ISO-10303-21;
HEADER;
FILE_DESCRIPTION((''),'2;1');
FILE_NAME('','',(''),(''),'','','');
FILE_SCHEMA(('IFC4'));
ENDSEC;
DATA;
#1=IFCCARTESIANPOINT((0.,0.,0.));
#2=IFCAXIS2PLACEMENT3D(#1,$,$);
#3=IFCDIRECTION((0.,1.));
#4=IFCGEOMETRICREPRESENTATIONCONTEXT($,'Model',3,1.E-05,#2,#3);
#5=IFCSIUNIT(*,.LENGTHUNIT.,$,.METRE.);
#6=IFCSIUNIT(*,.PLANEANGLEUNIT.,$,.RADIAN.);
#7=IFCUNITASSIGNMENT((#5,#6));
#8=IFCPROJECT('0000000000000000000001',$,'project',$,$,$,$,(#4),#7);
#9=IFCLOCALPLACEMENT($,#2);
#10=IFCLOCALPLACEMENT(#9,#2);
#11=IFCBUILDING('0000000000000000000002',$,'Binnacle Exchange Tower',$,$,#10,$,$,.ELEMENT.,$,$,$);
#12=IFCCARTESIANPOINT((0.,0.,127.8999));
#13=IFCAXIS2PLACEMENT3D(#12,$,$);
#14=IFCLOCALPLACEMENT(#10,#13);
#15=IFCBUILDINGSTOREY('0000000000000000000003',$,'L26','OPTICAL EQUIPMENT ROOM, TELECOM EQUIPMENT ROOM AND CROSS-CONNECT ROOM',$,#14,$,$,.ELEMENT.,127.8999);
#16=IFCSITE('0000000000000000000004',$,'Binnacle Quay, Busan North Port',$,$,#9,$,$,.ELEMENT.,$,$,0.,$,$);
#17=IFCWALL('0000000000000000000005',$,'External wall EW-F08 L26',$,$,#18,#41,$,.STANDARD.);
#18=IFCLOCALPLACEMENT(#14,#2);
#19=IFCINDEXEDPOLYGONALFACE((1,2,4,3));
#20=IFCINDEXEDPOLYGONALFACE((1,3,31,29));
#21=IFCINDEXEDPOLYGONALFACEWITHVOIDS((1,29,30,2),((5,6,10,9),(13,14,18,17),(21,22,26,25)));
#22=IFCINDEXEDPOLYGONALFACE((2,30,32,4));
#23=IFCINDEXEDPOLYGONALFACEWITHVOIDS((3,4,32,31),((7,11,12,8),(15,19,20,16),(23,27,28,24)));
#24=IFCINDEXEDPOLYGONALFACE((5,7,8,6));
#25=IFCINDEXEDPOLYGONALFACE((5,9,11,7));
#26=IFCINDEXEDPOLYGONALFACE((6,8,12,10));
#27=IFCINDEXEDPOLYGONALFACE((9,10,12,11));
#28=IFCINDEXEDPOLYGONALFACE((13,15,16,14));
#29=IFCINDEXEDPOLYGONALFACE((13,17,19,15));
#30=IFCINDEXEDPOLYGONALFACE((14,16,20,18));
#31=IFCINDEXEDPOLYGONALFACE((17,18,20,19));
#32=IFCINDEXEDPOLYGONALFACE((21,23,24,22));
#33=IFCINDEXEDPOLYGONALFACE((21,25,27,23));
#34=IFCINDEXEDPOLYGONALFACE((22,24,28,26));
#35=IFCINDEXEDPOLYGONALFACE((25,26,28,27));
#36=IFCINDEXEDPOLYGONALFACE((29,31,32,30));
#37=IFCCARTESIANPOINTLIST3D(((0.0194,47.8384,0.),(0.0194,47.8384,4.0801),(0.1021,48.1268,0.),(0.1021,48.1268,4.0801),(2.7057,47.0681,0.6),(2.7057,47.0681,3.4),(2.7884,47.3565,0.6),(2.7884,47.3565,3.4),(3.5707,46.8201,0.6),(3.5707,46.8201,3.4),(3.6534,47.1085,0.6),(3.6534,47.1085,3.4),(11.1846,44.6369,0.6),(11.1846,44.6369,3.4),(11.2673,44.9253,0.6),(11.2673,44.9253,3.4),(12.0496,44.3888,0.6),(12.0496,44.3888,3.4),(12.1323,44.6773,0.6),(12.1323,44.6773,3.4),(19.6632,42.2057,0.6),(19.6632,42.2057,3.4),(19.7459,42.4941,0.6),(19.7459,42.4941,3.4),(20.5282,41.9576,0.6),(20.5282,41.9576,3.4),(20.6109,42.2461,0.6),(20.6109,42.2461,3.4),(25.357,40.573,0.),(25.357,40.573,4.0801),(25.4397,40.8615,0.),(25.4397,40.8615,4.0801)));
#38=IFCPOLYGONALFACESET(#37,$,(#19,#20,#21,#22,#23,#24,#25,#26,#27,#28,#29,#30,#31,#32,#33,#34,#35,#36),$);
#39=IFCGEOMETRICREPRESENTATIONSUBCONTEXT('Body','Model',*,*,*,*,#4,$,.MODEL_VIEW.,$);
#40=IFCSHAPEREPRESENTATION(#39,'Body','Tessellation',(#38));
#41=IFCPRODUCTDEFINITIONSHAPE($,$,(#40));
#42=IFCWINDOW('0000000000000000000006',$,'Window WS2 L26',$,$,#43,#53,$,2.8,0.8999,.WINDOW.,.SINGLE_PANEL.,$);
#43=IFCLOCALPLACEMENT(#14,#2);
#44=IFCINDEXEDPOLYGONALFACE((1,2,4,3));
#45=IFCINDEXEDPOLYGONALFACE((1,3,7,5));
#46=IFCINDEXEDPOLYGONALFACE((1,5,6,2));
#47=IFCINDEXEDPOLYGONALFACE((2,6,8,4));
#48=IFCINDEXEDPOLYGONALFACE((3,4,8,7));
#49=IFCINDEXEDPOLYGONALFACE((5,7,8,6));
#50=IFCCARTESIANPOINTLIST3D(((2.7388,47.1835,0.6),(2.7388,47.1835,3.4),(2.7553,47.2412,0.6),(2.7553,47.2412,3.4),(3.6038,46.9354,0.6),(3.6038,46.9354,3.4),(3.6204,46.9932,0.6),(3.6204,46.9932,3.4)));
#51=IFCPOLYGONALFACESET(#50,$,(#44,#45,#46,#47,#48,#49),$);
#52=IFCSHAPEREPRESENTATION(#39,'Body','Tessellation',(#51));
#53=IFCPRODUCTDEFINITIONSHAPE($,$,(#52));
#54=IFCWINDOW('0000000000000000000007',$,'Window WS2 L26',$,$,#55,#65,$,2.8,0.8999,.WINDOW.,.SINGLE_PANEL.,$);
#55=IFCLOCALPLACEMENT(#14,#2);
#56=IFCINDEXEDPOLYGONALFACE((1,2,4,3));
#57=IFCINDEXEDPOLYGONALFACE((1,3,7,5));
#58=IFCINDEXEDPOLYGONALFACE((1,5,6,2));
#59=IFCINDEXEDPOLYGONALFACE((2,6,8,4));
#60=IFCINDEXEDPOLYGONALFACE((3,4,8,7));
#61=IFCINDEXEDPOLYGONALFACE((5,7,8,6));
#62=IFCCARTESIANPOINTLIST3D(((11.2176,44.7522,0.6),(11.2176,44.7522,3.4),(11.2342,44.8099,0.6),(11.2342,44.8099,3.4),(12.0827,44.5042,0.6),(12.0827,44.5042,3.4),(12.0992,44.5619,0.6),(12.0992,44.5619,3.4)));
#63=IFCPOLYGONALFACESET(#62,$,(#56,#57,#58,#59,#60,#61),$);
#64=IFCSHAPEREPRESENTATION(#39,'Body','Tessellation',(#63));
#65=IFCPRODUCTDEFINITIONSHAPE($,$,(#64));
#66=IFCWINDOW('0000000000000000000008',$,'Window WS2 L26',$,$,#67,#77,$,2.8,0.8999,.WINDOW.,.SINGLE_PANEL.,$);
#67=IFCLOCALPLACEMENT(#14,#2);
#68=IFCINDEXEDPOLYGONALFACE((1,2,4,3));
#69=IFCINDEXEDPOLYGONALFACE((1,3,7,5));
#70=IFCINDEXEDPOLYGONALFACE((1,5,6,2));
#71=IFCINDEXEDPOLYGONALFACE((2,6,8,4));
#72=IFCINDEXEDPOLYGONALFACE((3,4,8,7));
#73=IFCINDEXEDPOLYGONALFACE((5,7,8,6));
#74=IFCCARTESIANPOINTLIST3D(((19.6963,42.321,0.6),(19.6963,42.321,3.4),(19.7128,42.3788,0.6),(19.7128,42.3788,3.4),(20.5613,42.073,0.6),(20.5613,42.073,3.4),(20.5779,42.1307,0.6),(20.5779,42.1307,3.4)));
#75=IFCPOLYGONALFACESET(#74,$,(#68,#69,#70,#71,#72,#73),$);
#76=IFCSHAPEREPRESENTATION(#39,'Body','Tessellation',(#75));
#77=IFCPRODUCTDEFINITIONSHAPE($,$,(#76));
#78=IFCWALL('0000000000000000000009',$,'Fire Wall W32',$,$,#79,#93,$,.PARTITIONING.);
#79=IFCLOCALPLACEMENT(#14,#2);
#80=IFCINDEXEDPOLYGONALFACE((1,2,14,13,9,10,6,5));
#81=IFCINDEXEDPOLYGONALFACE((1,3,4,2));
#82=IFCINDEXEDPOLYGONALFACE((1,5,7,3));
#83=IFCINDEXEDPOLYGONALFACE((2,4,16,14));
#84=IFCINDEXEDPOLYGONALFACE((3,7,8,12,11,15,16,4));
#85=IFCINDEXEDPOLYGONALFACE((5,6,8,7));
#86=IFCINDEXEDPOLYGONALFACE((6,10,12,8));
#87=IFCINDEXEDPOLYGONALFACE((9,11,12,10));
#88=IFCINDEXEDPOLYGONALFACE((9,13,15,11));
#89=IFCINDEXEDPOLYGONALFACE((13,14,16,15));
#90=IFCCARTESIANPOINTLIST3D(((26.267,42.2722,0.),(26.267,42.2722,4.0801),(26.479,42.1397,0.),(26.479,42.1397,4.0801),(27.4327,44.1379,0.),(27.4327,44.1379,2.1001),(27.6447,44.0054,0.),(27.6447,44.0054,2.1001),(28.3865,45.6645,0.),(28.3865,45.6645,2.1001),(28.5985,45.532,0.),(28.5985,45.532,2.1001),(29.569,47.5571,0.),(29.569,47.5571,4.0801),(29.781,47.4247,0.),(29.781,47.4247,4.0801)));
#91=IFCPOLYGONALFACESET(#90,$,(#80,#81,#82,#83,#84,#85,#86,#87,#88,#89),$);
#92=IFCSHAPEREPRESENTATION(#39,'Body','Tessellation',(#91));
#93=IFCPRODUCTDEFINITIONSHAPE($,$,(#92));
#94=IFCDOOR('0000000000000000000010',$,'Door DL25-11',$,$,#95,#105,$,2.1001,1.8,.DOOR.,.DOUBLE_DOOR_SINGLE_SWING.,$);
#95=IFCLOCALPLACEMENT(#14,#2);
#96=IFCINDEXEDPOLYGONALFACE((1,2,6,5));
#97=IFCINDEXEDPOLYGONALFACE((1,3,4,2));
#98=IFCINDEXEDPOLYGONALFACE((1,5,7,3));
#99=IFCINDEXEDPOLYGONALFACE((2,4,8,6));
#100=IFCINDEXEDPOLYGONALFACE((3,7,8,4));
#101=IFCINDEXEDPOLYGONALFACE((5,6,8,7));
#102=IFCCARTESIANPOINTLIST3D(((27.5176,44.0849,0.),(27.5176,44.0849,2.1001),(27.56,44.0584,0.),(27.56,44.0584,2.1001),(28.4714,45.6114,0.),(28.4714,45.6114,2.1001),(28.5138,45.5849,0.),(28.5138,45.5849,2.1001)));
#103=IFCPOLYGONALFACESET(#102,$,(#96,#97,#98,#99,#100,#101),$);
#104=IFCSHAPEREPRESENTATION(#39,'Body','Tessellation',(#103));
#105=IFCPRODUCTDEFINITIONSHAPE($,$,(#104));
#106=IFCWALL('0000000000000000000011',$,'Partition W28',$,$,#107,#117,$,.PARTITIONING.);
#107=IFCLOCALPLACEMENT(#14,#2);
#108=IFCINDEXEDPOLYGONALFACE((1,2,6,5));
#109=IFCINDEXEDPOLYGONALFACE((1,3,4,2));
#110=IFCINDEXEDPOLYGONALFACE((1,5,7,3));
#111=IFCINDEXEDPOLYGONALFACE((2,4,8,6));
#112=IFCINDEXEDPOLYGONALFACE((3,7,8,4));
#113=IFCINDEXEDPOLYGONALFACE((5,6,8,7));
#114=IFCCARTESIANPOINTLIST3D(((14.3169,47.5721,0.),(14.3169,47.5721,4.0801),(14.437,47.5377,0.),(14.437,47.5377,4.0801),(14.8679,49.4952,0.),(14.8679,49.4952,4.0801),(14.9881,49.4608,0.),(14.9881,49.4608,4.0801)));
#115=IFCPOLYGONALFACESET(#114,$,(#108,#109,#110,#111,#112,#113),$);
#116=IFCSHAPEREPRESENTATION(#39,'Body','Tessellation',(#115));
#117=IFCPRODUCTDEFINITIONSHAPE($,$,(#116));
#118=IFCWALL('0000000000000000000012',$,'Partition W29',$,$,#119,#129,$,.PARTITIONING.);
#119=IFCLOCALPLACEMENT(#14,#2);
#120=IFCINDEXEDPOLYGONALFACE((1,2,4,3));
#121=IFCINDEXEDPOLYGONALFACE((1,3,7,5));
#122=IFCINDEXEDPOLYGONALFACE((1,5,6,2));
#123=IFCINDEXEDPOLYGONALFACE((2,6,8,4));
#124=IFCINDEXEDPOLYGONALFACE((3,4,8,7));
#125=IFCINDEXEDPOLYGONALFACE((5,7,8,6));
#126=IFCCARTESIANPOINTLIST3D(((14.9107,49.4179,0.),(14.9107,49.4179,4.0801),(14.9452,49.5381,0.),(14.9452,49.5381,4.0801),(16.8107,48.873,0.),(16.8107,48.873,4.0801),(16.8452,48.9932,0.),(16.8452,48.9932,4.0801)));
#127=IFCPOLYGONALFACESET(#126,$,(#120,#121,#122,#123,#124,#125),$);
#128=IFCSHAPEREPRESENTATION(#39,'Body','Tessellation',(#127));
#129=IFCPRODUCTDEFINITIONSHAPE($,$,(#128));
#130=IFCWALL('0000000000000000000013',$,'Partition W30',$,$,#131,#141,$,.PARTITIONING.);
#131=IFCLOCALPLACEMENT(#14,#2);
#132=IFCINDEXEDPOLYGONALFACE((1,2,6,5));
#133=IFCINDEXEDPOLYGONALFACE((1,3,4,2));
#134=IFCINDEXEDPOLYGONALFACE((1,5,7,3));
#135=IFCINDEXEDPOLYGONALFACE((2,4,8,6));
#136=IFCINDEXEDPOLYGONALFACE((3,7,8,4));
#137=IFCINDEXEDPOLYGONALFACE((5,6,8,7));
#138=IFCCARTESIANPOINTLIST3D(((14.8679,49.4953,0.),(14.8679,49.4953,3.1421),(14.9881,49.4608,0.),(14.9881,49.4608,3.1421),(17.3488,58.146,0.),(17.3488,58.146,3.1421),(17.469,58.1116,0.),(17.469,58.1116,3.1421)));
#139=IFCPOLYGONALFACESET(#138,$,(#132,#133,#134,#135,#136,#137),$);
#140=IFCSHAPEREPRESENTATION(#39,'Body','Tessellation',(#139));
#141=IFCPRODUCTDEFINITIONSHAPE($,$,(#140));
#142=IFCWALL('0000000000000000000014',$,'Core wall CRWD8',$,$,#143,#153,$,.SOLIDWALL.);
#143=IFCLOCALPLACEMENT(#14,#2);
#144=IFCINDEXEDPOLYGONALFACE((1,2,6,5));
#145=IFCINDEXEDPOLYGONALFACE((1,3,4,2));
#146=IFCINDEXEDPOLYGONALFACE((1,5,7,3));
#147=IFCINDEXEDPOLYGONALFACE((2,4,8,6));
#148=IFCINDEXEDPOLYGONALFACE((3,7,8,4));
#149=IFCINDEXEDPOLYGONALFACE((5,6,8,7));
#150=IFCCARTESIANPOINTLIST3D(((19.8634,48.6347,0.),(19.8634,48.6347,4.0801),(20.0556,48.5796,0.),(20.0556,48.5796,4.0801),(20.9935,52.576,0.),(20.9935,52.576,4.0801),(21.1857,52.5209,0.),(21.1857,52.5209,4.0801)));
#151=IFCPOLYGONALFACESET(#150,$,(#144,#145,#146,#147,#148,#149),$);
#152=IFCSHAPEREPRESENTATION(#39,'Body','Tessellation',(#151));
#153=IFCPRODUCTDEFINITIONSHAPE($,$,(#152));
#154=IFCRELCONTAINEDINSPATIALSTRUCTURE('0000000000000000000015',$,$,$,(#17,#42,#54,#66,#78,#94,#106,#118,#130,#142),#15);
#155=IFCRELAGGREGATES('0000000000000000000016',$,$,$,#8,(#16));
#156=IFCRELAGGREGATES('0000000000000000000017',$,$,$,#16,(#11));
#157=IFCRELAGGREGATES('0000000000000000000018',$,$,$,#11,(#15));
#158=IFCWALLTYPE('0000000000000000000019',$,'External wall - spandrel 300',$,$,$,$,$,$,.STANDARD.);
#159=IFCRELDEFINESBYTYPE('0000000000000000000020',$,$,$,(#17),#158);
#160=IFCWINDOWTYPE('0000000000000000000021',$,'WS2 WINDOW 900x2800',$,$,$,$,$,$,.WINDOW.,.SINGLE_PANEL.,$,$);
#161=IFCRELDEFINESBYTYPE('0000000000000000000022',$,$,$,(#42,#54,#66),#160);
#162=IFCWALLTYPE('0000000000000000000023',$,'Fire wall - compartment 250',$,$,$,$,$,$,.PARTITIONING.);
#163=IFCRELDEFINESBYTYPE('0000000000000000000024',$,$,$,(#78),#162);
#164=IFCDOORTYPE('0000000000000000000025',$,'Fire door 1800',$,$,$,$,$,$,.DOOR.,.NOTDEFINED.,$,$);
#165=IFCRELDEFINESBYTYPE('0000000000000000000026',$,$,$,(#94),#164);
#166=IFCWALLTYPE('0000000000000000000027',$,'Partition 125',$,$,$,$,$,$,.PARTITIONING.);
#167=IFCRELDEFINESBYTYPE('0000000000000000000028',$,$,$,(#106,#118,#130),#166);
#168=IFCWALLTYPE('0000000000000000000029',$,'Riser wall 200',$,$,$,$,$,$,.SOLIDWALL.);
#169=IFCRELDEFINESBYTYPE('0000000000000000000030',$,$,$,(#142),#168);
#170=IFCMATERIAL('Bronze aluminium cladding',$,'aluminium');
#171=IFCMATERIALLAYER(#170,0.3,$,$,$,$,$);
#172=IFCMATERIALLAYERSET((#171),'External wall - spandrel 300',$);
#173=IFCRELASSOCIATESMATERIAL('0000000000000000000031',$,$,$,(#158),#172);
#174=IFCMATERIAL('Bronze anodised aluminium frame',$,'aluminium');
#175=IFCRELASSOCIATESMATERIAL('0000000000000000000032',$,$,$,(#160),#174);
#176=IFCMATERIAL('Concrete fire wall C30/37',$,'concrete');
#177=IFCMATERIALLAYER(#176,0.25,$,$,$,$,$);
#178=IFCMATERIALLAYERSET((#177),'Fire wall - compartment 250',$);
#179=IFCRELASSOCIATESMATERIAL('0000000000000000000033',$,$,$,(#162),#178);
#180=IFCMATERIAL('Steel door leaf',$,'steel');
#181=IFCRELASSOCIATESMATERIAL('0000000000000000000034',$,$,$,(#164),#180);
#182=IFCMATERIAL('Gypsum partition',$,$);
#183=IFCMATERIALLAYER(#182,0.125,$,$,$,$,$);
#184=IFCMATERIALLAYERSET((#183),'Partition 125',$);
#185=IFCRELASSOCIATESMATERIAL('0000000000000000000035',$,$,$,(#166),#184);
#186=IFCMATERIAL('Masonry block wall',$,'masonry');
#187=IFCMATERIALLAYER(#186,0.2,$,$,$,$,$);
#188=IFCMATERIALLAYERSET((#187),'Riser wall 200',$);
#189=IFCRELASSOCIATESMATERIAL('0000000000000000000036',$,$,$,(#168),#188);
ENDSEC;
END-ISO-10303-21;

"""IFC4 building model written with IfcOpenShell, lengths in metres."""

from ifc_helpers import new_model, si_unit, direction, frame, frame_2d, origin, place, context, subcontext, project, spatial, rectangle, extrude, material, layer, layer_set, type_object, element, fill, save


model = new_model("IFC4")

# Units and contexts
model_context = context("Model", 3, precision=1e-05, world=origin(), true_north=direction((0.0, 1.0)))
body_context = subcontext(model_context, "Body", "Model", "MODEL_VIEW")
ifc_project = project(units=[si_unit("LENGTHUNIT", "METRE"), si_unit("PLANEANGLEUNIT", "RADIAN")], contexts=[model_context])

# Site, building, storey
site_placement = place(None, origin())
site = spatial("IfcSite", under=ifc_project, at=site_placement, Name="Binnacle Quay, Busan North Port", CompositionType="ELEMENT", RefElevation=0.0)
building_placement = place(site_placement, origin())
building = spatial("IfcBuilding", under=site, at=building_placement, Name="Binnacle Exchange Tower", CompositionType="ELEMENT")
storey_placement = place(building_placement, frame((0.0, 0.0, 127.8999)))
storey = spatial("IfcBuildingStorey", under=building, at=storey_placement, Name="L26", Description="OPTICAL EQUIPMENT ROOM, TELECOM EQUIPMENT ROOM AND CROSS-CONNECT ROOM", CompositionType="ELEMENT", Elevation=127.8999)

# Shared definitions
ifc_material_1 = material(Name="Steel door leaf", Category="steel")

# Wall, openings, windows
ifc_material_2 = material(Name="Bronze aluminium cladding", Category="aluminium")
ifc_layer_1 = layer(ifc_material_2, 0.3)
ifc_layer_set_1 = layer_set([ifc_layer_1], Name="External wall - spandrel 300")
wall_type_1 = type_object("IfcWallType", Name="External wall - spandrel 300", PredefinedType="STANDARD", material=ifc_layer_set_1)
wall_1_placement = place(storey_placement, frame((25.3982, 40.7173, 0.0), z_axis=(0.0, 0.0, 1.0), x_axis=(-0.961262, 0.275635, 0.0)))
wall_1 = element("IfcWall", 1, at=wall_1_placement, inside=storey, type_object=wall_type_1, Name="External wall EW-F08 L26", PredefinedType="STANDARD", context=body_context, shape_type="SweptSolid", body=[
    extrude(rectangle(XDim=26.3586, YDim=0.3, at=frame_2d((13.1792, 0.0))), origin(), (0.0, 0.0, 1.0), 4.0801),
])
opening_1_placement = place(wall_1_placement, frame((22.6641, 0.0, 0.6001)))
opening_1 = element("IfcOpeningElement", 2, at=opening_1_placement, cuts=wall_1, PredefinedType="OPENING", context=body_context, shape_type="SweptSolid", body=[
    extrude(rectangle(XDim=0.8999, YDim=2.8, at=frame_2d((0.45, 1.3999))), frame((0.0, 0.1599, 0.0), z_axis=(0.0, -1.0, 0.0), x_axis=(1.0, 0.0, 0.0)), (0.0, 0.0, 1.0), 0.3201),
])
opening_2_placement = place(wall_1_placement, frame((13.8435, 0.0, 0.6001)))
opening_2 = element("IfcOpeningElement", 3, at=opening_2_placement, cuts=wall_1, PredefinedType="OPENING", context=body_context, shape_type="SweptSolid", body=[
    extrude(rectangle(XDim=0.8999, YDim=2.8, at=frame_2d((0.45, 1.3999))), frame((0.0, 0.1599, 0.0), z_axis=(0.0, -1.0, 0.0), x_axis=(1.0, 0.0, 0.0)), (0.0, 0.0, 1.0), 0.3201),
])
opening_3_placement = place(wall_1_placement, frame((5.0232, 0.0, 0.6001)))
opening_3 = element("IfcOpeningElement", 4, at=opening_3_placement, cuts=wall_1, PredefinedType="OPENING", context=body_context, shape_type="SweptSolid", body=[
    extrude(rectangle(XDim=0.8999, YDim=2.8, at=frame_2d((0.45, 1.3999))), frame((0.0, 0.1599, 0.0), z_axis=(0.0, -1.0, 0.0), x_axis=(1.0, 0.0, 0.0)), (0.0, 0.0, 1.0), 0.3201),
])
ifc_material_3 = material(Name="Bronze anodised aluminium frame", Category="aluminium")
window_type = type_object("IfcWindowType", Name="WS2 WINDOW 900x2800", PartitioningType="SINGLE_PANEL", PredefinedType="WINDOW", material=ifc_material_3)
window_1_placement = place(opening_1_placement, origin())
window_1 = element("IfcWindow", 5, at=window_1_placement, inside=storey, type_object=window_type, Name="Window WS2 L26", OverallHeight=2.8, OverallWidth=0.8999, PartitioningType="SINGLE_PANEL", PredefinedType="WINDOW", context=body_context, shape_type="SweptSolid", body=[
    extrude(rectangle(XDim=0.8999, YDim=2.8, at=frame_2d((0.45, 1.3999))), frame((0.0, 0.03, 0.0), z_axis=(0.0, -1.0, 0.0), x_axis=(1.0, 0.0, 0.0)), (0.0, 0.0, 1.0), 0.0601),
])
fill(opening_1, window_1)
window_2_placement = place(opening_2_placement, origin())
window_2 = element("IfcWindow", 6, at=window_2_placement, inside=storey, type_object=window_type, Name="Window WS2 L26", OverallHeight=2.8, OverallWidth=0.8999, PartitioningType="SINGLE_PANEL", PredefinedType="WINDOW", context=body_context, shape_type="SweptSolid", body=[
    extrude(rectangle(XDim=0.8999, YDim=2.8, at=frame_2d((0.45, 1.3999))), frame((0.0, 0.03, 0.0), z_axis=(0.0, -1.0, 0.0), x_axis=(1.0, 0.0, 0.0)), (0.0, 0.0, 1.0), 0.0601),
])
fill(opening_2, window_2)
window_3_placement = place(opening_3_placement, origin())
window_3 = element("IfcWindow", 7, at=window_3_placement, inside=storey, type_object=window_type, Name="Window WS2 L26", OverallHeight=2.8, OverallWidth=0.8999, PartitioningType="SINGLE_PANEL", PredefinedType="WINDOW", context=body_context, shape_type="SweptSolid", body=[
    extrude(rectangle(XDim=0.8999, YDim=2.8, at=frame_2d((0.45, 1.3999))), frame((0.0, 0.03, 0.0), z_axis=(0.0, -1.0, 0.0), x_axis=(1.0, 0.0, 0.0)), (0.0, 0.0, 1.0), 0.0601),
])
fill(opening_3, window_3)

# Wall, opening, door
ifc_material_4 = material(Name="Concrete fire wall C30/37", Category="concrete")
ifc_layer_2 = layer(ifc_material_4, 0.25)
ifc_layer_set_2 = layer_set([ifc_layer_2], Name="Fire wall - compartment 250")
wall_type_2 = type_object("IfcWallType", Name="Fire wall - compartment 250", PredefinedType="PARTITIONING", material=ifc_layer_set_2)
wall_2_placement = place(storey_placement, frame((26.373, 42.2061, 0.0), z_axis=(0.0, 0.0, 1.0), x_axis=(0.529876, 0.848075, 0.0)))
wall_2 = element("IfcWall", 8, at=wall_2_placement, inside=storey, type_object=wall_type_2, Name="Fire Wall W32", PredefinedType="PARTITIONING", context=body_context, shape_type="SweptSolid", body=[
    extrude(rectangle(XDim=6.2317, YDim=0.25, at=frame_2d((3.1157, 0.0))), origin(), (0.0, 0.0, 1.0), 4.0801),
])
opening_4_placement = place(wall_2_placement, frame((2.2, 0.0, 0.0)))
opening_4 = element("IfcOpeningElement", 9, at=opening_4_placement, cuts=wall_2, PredefinedType="OPENING", context=body_context, shape_type="SweptSolid", body=[
    extrude(rectangle(XDim=1.8, YDim=2.1001, at=frame_2d((0.8999, 1.05))), frame((0.0, 0.135, 0.0), z_axis=(0.0, -1.0, 0.0), x_axis=(1.0, 0.0, 0.0)), (0.0, 0.0, 1.0), 0.27),
])
door_type_1 = type_object("IfcDoorType", Name="Fire door 1800", OperationType="NOTDEFINED", PredefinedType="DOOR", material=ifc_material_1)
door_1_placement = place(opening_4_placement, origin())
door_1 = element("IfcDoor", 10, at=door_1_placement, inside=storey, type_object=door_type_1, Name="Door DL25-11", OperationType="DOUBLE_DOOR_SINGLE_SWING", OverallHeight=2.1001, OverallWidth=1.8, PredefinedType="DOOR", context=body_context, shape_type="SweptSolid", body=[
    extrude(rectangle(XDim=1.8, YDim=2.1001, at=frame_2d((0.8999, 1.05))), frame((0.0, 0.0249, 0.0), z_axis=(0.0, -1.0, 0.0), x_axis=(1.0, 0.0, 0.0)), (0.0, 0.0, 1.0), 0.05),
])
fill(opening_4, door_1)

# Walls
ifc_material_5 = material(Name="Gypsum partition")
ifc_layer_3 = layer(ifc_material_5, 0.125)
ifc_layer_set_3 = layer_set([ifc_layer_3], Name="Partition 125")
wall_type_3 = type_object("IfcWallType", Name="Partition 125", PredefinedType="PARTITIONING", material=ifc_layer_set_3)
wall_3_placement = place(storey_placement, frame((14.377, 47.5549, 0.0), z_axis=(0.0, 0.0, 1.0), x_axis=(0.275446, 0.961316, 0.0)))
element("IfcWall", 11, at=wall_3_placement, inside=storey, type_object=wall_type_3, Name="Partition W28", PredefinedType="PARTITIONING", context=body_context, shape_type="SweptSolid", body=[
    extrude(rectangle(XDim=2.0005, YDim=0.125, at=frame_2d((1.0002, 0.0))), origin(), (0.0, 0.0, 1.0), 4.0801),
])
wall_4_placement = place(storey_placement, frame((14.928, 49.478, 0.0), z_axis=(0.0, 0.0, 1.0), x_axis=(0.961244, -0.2757, 0.0)))
element("IfcWall", 12, at=wall_4_placement, inside=storey, type_object=wall_type_3, Name="Partition W29", PredefinedType="PARTITIONING", context=body_context, shape_type="SweptSolid", body=[
    extrude(rectangle(XDim=1.9766, YDim=0.125, at=frame_2d((0.9883, 0.0))), origin(), (0.0, 0.0, 1.0), 4.0801),
])
wall_5_placement = place(storey_placement, frame((14.928, 49.478, 0.0), z_axis=(0.0, 0.0, 1.0), x_axis=(0.275674, 0.961251, 0.0)))
element("IfcWall", 13, at=wall_5_placement, inside=storey, type_object=wall_type_3, Name="Partition W30", PredefinedType="PARTITIONING", context=body_context, shape_type="SweptSolid", body=[
    extrude(rectangle(XDim=8.9995, YDim=0.125, at=frame_2d((4.4998, 0.0))), origin(), (0.0, 0.0, 1.0), 3.1421),
])
ifc_material_6 = material(Name="Masonry block wall", Category="masonry")
ifc_layer_4 = layer(ifc_material_6, 0.2)
ifc_layer_set_4 = layer_set([ifc_layer_4], Name="Riser wall 200")
wall_type_4 = type_object("IfcWallType", Name="Riser wall 200", PredefinedType="SOLIDWALL", material=ifc_layer_set_4)
wall_6_placement = place(storey_placement, frame((19.9595, 48.6072, 0.0), z_axis=(0.0, 0.0, 1.0), x_axis=(0.275641, 0.961261, 0.0)))
element("IfcWall", 14, at=wall_6_placement, inside=storey, type_object=wall_type_4, Name="Core wall CRWD8", PredefinedType="SOLIDWALL", context=body_context, shape_type="SweptSolid", body=[
    extrude(rectangle(XDim=4.1001, YDim=0.2, at=frame_2d((2.05, 0.0))), origin(), (0.0, 0.0, 1.0), 4.0801),
])

save(model, "model.ifc")
